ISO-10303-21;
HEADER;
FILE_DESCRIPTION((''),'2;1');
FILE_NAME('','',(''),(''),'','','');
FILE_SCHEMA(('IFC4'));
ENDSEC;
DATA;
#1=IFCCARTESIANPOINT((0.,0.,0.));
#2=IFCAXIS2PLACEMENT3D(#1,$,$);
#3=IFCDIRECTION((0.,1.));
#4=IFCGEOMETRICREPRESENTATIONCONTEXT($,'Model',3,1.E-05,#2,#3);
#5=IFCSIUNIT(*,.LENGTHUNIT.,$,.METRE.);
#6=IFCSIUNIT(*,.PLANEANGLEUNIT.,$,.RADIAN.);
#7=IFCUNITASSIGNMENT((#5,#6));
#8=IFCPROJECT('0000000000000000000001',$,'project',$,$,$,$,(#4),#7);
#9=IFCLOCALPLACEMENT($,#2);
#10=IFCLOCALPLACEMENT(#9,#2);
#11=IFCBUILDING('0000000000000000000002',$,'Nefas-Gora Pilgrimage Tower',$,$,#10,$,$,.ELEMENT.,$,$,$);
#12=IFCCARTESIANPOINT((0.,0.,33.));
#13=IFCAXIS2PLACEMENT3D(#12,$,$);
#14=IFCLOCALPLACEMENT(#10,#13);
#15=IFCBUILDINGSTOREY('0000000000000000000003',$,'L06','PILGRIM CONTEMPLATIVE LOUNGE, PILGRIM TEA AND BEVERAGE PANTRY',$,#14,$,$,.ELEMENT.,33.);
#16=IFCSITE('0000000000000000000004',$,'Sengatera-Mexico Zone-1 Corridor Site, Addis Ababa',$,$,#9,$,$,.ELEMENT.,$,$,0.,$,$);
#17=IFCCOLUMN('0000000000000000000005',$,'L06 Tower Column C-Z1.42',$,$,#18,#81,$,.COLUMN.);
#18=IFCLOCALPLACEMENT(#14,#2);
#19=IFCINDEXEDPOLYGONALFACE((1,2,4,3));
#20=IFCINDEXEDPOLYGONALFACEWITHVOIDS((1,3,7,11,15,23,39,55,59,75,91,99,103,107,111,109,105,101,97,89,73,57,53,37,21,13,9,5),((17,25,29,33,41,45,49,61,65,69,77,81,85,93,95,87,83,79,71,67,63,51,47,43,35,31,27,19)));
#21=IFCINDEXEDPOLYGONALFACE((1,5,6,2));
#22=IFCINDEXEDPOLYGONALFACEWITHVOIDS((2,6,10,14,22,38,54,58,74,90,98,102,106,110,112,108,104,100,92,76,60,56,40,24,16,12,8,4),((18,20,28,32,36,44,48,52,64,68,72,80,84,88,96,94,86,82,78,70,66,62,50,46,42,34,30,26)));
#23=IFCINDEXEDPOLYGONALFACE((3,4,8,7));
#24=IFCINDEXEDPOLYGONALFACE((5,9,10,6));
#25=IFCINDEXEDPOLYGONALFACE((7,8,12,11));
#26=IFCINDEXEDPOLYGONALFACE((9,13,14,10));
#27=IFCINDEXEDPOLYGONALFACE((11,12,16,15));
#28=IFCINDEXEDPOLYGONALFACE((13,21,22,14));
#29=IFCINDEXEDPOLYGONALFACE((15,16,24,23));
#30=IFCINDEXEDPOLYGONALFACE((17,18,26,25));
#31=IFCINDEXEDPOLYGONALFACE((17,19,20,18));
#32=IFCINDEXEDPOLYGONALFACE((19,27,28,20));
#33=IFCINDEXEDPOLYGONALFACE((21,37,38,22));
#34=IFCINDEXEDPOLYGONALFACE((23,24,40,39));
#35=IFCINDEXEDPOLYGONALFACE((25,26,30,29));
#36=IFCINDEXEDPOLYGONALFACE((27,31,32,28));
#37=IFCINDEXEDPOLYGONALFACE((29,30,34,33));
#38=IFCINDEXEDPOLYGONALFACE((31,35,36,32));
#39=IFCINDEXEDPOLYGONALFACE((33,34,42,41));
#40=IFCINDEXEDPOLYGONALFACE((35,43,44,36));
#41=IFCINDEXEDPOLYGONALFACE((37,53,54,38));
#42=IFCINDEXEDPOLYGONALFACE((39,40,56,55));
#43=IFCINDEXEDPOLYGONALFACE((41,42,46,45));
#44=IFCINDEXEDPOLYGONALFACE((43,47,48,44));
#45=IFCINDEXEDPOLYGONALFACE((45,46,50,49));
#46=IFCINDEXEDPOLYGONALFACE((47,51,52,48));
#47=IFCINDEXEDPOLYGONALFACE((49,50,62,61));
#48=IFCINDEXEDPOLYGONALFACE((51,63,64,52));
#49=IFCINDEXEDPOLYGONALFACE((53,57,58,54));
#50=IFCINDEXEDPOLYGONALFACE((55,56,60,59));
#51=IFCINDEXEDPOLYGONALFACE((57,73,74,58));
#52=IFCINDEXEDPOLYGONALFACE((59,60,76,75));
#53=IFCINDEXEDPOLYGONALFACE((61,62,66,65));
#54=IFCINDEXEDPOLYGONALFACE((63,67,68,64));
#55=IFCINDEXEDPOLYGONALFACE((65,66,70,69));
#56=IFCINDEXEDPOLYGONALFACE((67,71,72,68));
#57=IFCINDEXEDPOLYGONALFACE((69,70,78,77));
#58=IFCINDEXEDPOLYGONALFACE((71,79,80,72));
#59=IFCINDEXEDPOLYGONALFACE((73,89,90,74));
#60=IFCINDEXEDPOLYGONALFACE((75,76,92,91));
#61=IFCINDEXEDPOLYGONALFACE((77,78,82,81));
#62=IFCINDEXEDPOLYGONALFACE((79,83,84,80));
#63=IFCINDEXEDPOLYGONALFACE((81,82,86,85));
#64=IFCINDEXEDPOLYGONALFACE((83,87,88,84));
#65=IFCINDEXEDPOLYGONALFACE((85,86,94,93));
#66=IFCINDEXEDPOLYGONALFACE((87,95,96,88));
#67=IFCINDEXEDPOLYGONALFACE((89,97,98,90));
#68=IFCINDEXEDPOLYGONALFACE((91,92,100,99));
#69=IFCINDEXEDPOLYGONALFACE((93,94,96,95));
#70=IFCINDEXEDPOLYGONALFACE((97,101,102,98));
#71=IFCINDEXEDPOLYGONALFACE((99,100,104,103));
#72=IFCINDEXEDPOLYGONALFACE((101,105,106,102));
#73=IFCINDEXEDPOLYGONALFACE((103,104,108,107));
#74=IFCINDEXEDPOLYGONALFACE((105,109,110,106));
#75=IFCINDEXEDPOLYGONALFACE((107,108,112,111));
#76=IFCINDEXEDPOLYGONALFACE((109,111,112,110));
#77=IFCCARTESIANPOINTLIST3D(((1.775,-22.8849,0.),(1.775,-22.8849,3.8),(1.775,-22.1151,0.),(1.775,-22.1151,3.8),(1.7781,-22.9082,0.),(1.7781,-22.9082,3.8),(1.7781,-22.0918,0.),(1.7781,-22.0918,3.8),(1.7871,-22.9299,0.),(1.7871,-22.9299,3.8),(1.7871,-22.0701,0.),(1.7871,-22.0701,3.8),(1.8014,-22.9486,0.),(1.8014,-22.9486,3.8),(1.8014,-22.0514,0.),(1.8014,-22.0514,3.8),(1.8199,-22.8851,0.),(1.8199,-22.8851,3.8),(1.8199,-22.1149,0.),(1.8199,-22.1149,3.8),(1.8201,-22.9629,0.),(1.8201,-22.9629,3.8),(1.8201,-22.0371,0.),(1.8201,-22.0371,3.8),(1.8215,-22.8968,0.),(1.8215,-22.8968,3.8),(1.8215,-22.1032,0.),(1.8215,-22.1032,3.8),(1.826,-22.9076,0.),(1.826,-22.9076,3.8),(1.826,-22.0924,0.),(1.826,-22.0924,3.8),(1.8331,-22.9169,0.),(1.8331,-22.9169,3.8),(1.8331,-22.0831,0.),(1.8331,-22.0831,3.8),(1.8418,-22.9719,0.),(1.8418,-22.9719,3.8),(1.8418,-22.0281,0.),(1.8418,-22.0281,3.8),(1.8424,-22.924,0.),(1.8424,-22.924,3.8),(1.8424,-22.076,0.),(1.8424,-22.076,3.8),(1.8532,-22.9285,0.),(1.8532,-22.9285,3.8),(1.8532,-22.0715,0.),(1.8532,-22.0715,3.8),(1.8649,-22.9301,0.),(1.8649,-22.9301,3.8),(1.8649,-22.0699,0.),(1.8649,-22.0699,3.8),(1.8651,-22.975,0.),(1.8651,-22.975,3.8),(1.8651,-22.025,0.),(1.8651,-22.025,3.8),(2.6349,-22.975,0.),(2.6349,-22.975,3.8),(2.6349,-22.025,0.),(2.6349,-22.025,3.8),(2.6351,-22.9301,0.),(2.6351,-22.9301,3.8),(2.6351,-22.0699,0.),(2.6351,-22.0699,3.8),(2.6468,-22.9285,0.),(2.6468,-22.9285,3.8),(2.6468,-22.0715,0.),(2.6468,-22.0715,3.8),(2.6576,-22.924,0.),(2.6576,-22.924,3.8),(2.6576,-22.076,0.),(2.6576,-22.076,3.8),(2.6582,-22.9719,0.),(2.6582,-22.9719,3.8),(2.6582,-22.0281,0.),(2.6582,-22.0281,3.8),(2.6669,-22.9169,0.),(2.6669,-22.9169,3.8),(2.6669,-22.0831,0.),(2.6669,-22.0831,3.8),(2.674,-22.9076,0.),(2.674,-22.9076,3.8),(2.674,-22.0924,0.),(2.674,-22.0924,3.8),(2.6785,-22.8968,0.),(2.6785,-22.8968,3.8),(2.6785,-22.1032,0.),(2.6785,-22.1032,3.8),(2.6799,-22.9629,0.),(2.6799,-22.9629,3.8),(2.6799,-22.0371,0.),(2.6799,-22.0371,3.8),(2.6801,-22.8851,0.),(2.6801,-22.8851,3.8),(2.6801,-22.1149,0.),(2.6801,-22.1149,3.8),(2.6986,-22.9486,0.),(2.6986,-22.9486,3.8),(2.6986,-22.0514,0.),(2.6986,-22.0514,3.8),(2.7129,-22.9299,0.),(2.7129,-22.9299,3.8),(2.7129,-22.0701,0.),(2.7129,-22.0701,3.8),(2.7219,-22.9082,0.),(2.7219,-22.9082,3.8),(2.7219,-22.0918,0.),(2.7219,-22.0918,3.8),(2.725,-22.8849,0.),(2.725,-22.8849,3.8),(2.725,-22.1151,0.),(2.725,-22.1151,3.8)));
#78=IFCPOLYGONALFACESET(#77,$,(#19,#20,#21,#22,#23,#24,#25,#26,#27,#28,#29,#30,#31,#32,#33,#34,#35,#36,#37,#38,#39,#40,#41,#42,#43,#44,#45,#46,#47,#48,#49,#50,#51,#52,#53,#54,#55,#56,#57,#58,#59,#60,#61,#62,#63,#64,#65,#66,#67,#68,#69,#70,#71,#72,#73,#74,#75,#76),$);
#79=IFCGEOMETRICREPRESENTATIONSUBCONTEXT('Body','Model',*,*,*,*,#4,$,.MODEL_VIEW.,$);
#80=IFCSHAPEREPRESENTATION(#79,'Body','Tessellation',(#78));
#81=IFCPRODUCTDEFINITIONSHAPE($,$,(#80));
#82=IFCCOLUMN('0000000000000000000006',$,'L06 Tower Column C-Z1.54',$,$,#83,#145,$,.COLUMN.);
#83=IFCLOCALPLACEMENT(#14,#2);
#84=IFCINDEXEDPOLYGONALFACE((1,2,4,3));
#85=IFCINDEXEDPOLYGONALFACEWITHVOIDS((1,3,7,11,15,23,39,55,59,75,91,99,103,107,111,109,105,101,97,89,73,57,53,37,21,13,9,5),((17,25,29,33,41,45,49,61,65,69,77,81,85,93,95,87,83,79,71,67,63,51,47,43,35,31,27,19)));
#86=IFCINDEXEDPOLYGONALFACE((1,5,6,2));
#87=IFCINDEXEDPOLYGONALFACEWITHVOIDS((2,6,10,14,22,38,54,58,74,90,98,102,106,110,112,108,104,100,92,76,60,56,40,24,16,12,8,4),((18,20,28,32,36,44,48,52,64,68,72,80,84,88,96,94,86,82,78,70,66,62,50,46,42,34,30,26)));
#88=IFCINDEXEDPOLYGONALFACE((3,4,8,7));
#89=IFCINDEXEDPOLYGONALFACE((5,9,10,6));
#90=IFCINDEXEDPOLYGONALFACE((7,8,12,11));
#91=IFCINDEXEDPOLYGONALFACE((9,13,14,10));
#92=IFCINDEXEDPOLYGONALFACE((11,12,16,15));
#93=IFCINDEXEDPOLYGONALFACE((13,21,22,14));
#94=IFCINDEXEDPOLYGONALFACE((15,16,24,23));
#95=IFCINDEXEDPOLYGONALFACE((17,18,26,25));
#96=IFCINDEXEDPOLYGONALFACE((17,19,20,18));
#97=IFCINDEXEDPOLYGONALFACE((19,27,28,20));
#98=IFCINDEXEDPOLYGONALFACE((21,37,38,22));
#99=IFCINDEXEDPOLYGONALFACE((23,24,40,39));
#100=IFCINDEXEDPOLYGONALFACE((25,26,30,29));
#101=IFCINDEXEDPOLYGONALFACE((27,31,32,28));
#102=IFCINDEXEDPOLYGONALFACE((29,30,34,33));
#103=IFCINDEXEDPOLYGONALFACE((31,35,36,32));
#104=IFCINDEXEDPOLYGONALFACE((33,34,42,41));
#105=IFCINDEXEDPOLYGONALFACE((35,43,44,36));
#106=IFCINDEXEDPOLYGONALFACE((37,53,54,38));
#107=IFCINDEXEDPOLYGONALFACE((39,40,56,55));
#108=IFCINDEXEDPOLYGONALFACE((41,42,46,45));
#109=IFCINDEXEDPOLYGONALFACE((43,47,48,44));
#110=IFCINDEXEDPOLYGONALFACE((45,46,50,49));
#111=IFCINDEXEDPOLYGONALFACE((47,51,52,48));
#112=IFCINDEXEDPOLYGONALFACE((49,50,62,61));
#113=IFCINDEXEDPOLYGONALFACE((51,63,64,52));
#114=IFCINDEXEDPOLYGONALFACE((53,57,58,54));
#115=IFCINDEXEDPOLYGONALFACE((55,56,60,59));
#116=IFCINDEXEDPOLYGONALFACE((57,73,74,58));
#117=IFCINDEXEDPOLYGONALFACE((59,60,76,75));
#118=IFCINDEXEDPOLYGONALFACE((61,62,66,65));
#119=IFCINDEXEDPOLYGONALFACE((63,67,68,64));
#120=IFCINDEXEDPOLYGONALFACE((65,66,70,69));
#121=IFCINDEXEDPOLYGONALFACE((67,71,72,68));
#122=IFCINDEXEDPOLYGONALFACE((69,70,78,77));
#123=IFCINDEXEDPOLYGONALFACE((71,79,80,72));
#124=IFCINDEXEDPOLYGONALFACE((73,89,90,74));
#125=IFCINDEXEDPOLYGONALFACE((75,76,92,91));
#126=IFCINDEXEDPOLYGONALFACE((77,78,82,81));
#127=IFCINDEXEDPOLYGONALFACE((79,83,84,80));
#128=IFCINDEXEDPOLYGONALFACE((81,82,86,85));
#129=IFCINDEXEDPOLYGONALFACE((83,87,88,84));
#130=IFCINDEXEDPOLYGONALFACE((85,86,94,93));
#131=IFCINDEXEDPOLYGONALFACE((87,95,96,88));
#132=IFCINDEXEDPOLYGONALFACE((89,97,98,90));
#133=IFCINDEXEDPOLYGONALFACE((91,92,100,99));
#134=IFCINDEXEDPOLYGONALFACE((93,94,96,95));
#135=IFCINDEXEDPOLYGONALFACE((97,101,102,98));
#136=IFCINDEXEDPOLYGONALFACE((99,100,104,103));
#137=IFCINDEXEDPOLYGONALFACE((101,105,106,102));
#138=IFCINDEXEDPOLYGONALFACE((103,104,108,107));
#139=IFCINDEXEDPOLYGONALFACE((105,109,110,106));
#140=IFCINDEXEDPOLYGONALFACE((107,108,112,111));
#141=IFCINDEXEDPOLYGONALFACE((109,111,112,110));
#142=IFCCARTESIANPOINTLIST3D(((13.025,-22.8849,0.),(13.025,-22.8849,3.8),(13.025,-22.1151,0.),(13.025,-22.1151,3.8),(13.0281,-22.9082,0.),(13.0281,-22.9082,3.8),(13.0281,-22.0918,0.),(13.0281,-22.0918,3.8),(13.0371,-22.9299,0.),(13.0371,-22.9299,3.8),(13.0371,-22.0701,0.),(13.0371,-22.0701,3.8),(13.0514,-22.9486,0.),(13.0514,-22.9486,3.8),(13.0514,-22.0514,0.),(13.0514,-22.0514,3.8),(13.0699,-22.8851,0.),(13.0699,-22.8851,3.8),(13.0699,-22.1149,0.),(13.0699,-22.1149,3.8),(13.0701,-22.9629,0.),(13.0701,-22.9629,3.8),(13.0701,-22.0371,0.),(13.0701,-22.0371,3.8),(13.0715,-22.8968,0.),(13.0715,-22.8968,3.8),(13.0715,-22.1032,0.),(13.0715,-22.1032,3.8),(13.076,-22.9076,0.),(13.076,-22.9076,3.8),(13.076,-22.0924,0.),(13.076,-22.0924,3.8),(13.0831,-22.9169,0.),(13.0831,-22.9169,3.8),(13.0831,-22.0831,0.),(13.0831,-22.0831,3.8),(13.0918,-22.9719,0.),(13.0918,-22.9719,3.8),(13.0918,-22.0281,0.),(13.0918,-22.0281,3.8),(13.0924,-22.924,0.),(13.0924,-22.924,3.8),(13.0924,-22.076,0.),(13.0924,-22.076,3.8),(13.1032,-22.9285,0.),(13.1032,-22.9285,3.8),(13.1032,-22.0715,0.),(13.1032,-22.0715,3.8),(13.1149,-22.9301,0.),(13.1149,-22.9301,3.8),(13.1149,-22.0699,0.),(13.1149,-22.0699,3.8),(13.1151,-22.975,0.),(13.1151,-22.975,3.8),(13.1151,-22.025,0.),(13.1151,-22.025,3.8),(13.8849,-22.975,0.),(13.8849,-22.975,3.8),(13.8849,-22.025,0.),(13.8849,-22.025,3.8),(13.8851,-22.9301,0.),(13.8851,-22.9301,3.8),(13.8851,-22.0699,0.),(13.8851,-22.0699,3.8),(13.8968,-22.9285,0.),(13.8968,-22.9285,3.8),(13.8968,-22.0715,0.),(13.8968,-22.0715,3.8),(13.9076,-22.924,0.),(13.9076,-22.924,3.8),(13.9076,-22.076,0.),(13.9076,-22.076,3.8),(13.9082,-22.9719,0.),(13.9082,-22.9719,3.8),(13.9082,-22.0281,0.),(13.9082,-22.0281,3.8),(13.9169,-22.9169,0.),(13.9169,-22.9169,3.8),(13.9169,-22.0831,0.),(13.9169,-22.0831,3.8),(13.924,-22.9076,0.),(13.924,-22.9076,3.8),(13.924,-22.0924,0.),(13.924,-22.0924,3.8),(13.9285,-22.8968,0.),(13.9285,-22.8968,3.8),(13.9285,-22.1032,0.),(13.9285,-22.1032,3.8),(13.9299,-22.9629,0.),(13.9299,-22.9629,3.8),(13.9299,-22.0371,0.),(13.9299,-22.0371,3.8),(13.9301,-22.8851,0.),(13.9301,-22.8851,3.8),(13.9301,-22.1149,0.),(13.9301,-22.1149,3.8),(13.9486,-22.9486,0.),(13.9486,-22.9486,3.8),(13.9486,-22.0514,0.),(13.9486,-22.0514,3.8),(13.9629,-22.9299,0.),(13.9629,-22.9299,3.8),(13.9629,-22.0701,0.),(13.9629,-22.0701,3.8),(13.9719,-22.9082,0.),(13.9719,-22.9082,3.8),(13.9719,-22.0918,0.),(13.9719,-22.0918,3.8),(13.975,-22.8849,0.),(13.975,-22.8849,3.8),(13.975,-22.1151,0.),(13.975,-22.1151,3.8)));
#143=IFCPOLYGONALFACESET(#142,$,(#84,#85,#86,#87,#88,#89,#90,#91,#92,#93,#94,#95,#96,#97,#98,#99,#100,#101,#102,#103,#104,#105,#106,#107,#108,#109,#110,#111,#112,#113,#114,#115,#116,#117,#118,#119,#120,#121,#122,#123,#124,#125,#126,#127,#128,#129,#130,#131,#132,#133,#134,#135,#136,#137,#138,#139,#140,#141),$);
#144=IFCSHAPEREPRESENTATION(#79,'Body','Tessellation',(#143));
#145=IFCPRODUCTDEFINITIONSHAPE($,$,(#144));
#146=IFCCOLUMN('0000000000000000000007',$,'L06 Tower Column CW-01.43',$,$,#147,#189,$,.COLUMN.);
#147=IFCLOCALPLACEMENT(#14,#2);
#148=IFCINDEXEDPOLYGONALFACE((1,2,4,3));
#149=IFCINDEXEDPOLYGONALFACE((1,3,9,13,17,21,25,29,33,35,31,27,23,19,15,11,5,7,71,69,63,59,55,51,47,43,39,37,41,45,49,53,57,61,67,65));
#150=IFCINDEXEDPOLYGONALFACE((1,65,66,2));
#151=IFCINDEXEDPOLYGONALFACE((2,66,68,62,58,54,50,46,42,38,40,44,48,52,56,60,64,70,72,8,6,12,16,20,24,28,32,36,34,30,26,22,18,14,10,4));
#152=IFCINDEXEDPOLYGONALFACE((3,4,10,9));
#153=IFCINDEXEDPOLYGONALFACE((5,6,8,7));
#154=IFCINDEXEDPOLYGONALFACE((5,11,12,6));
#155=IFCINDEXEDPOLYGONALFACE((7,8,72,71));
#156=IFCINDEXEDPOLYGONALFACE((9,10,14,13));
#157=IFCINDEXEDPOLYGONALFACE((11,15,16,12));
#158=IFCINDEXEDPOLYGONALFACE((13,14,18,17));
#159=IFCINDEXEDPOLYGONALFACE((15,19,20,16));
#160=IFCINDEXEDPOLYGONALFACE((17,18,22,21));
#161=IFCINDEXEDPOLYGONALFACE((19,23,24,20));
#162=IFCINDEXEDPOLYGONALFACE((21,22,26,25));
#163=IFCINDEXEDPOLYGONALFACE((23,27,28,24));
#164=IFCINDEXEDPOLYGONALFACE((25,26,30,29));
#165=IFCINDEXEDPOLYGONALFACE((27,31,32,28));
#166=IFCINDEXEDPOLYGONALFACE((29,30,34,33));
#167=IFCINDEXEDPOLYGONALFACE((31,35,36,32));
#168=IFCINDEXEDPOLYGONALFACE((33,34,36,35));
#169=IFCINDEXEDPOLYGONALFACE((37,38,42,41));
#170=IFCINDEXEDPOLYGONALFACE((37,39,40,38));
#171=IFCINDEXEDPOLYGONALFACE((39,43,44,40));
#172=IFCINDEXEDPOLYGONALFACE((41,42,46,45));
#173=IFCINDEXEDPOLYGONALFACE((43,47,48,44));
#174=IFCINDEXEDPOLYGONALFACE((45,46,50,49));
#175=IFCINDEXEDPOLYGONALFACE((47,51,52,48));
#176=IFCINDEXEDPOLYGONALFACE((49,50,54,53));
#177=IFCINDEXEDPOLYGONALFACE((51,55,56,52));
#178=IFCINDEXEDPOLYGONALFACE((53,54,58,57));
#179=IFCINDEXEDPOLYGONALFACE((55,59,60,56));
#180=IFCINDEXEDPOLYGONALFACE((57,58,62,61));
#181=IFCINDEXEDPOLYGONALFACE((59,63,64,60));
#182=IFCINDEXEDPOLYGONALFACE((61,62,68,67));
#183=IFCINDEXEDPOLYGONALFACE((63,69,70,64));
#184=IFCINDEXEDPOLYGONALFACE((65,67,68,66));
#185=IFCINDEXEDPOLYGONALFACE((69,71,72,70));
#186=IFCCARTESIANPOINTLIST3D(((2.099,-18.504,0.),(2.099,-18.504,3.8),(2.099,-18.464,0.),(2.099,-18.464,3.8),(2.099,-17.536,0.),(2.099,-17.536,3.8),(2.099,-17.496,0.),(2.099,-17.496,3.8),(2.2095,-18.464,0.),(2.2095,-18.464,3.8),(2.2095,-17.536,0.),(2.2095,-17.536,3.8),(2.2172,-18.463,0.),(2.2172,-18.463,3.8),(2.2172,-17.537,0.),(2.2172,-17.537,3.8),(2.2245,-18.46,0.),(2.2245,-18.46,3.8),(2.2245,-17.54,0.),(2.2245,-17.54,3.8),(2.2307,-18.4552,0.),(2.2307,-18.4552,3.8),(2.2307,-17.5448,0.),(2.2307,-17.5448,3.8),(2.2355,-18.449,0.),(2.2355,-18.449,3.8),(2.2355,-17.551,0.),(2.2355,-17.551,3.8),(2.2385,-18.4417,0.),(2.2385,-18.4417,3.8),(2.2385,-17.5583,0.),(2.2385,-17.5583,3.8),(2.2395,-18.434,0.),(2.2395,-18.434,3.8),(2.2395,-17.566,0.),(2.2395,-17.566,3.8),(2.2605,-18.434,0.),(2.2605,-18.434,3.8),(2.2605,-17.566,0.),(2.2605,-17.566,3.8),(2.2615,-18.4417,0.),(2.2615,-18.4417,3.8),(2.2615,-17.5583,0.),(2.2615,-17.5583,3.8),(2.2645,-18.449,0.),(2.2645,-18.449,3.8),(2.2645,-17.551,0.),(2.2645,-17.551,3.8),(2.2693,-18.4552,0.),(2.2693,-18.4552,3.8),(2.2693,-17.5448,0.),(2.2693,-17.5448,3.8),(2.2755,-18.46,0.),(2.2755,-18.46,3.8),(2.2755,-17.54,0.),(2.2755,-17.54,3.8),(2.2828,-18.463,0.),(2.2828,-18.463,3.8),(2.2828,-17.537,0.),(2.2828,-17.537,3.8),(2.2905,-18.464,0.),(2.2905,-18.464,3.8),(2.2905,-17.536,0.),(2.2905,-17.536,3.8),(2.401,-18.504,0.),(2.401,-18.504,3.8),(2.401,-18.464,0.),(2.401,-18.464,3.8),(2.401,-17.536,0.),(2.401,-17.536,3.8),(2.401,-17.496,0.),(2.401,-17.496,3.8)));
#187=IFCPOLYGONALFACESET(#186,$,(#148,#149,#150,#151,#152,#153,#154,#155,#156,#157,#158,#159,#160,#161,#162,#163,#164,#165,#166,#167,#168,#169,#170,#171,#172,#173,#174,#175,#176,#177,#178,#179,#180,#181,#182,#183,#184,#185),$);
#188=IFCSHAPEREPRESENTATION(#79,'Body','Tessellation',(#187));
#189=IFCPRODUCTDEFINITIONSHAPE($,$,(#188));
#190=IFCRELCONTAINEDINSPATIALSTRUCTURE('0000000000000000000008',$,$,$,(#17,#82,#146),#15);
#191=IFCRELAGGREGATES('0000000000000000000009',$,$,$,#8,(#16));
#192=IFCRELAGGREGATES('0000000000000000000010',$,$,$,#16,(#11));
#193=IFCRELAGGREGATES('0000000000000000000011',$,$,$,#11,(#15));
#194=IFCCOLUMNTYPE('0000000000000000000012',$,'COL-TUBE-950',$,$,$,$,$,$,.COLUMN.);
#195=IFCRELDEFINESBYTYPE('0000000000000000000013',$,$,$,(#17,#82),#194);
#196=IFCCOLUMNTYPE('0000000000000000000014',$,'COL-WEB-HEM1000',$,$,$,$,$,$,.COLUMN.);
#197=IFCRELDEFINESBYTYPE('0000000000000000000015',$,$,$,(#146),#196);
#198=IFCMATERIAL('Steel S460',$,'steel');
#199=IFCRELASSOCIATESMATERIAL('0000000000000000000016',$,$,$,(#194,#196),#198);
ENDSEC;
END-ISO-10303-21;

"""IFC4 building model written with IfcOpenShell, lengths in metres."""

from ifc_helpers import new_model, si_unit, direction, frame, origin, origin_2d, place, context, subcontext, project, spatial, hollow_rectangle, i_section, extrude, source, transform, mapped, material, material_profile, profile_set, type_object, element, save


model = new_model("IFC4")

# Units and contexts
model_context = context("Model", 3, precision=1e-05, world=origin(), true_north=direction((0.0, 1.0)))
body_context = subcontext(model_context, "Body", "Model", "MODEL_VIEW")
ifc_project = project(units=[si_unit("LENGTHUNIT", "METRE"), si_unit("PLANEANGLEUNIT", "RADIAN")], contexts=[model_context])

# Site, building, storey
site_placement = place(None, origin())
site = spatial("IfcSite", under=ifc_project, at=site_placement, Name="Sengatera-Mexico Zone-1 Corridor Site, Addis Ababa", CompositionType="ELEMENT", RefElevation=0.0)
building_placement = place(site_placement, origin())
building = spatial("IfcBuilding", under=site, at=building_placement, Name="Nefas-Gora Pilgrimage Tower", CompositionType="ELEMENT")
storey_placement = place(building_placement, frame((0.0, 0.0, 33.0)))
storey = spatial("IfcBuildingStorey", under=building, at=storey_placement, Name="L06", Description="PILGRIM CONTEMPLATIVE LOUNGE, PILGRIM TEA AND BEVERAGE PANTRY", CompositionType="ELEMENT", Elevation=33.0)

# Columns
ifc_material_1 = material(Name="Steel S460", Category="steel")
ifc_material_profile_1 = material_profile(ifc_material_1, hollow_rectangle(XDim=0.95, YDim=0.95, WallThickness=0.0449, InnerFilletRadius=0.0449, OuterFilletRadius=0.0901, at=origin_2d()), Name="BOX 950x950x45")
ifc_profile_set_1 = profile_set([ifc_material_profile_1], Name="Steel S460")
column_type_1 = type_object("IfcColumnType", Name="COL-TUBE-950", PredefinedType="COLUMN", material=ifc_profile_set_1)
shared_shape_1 = source(origin(), body_context, "Body", "SweptSolid", [
    extrude(hollow_rectangle(XDim=0.95, YDim=0.95, WallThickness=0.0449, InnerFilletRadius=0.0449, OuterFilletRadius=0.0901, at=origin_2d()), origin(), (0.0, 0.0, 1.0), 3.8),
])
for number, where, z_axis, x_axis, name in (
    (1, (2.25, -22.5, 0.0), (0.0, 0.0, 1.0), (1.0, 0.0, 0.0), "L06 Tower Column C-Z1.42"),
    (2, (13.5, -22.5, 0.0), (0.0, 0.0, 1.0), (1.0, 0.0, 0.0), "L06 Tower Column C-Z1.54"),
):
    element("IfcColumn", number, at=place(storey_placement, frame(where, z_axis=z_axis, x_axis=x_axis)), inside=storey, type_object=column_type_1, Name=name, PredefinedType="COLUMN", context=body_context, shape_type="MappedRepresentation", body=[
        mapped(shared_shape_1, transform((0.0, 0.0, 0.0), x_axis=(1.0, 0.0, 0.0), y_axis=(0.0, 1.0, 0.0), z_axis=(0.0, 0.0, 1.0), scale=1.0)),
    ])
ifc_material_profile_2 = material_profile(ifc_material_1, i_section(OverallWidth=0.302, OverallDepth=1.0081, WebThickness=0.021, FlangeThickness=0.04, FilletRadius=0.03, at=origin_2d()), Name="HEM 1000")
ifc_profile_set_2 = profile_set([ifc_material_profile_2], Name="Steel S460")
column_type_2 = type_object("IfcColumnType", Name="COL-WEB-HEM1000", PredefinedType="COLUMN", material=ifc_profile_set_2)
shared_shape_2 = source(origin(), body_context, "Body", "SweptSolid", [
    extrude(i_section(OverallWidth=0.302, OverallDepth=1.0081, WebThickness=0.021, FlangeThickness=0.04, FilletRadius=0.03, at=origin_2d()), origin(), (0.0, 0.0, 1.0), 3.8),
])
for number, where, z_axis, x_axis, name in (
    (3, (2.25, -18.0, 0.0), (0.0, 0.0, 1.0), (1.0, 0.0, 0.0), "L06 Tower Column CW-01.43"),
):
    element("IfcColumn", number, at=place(storey_placement, frame(where, z_axis=z_axis, x_axis=x_axis)), inside=storey, type_object=column_type_2, Name=name, PredefinedType="COLUMN", context=body_context, shape_type="MappedRepresentation", body=[
        mapped(shared_shape_2, transform((0.0, 0.0, 0.0), x_axis=(1.0, 0.0, 0.0), y_axis=(0.0, 1.0, 0.0), z_axis=(0.0, 0.0, 1.0), scale=1.0)),
    ])

save(model, "model.ifc")
